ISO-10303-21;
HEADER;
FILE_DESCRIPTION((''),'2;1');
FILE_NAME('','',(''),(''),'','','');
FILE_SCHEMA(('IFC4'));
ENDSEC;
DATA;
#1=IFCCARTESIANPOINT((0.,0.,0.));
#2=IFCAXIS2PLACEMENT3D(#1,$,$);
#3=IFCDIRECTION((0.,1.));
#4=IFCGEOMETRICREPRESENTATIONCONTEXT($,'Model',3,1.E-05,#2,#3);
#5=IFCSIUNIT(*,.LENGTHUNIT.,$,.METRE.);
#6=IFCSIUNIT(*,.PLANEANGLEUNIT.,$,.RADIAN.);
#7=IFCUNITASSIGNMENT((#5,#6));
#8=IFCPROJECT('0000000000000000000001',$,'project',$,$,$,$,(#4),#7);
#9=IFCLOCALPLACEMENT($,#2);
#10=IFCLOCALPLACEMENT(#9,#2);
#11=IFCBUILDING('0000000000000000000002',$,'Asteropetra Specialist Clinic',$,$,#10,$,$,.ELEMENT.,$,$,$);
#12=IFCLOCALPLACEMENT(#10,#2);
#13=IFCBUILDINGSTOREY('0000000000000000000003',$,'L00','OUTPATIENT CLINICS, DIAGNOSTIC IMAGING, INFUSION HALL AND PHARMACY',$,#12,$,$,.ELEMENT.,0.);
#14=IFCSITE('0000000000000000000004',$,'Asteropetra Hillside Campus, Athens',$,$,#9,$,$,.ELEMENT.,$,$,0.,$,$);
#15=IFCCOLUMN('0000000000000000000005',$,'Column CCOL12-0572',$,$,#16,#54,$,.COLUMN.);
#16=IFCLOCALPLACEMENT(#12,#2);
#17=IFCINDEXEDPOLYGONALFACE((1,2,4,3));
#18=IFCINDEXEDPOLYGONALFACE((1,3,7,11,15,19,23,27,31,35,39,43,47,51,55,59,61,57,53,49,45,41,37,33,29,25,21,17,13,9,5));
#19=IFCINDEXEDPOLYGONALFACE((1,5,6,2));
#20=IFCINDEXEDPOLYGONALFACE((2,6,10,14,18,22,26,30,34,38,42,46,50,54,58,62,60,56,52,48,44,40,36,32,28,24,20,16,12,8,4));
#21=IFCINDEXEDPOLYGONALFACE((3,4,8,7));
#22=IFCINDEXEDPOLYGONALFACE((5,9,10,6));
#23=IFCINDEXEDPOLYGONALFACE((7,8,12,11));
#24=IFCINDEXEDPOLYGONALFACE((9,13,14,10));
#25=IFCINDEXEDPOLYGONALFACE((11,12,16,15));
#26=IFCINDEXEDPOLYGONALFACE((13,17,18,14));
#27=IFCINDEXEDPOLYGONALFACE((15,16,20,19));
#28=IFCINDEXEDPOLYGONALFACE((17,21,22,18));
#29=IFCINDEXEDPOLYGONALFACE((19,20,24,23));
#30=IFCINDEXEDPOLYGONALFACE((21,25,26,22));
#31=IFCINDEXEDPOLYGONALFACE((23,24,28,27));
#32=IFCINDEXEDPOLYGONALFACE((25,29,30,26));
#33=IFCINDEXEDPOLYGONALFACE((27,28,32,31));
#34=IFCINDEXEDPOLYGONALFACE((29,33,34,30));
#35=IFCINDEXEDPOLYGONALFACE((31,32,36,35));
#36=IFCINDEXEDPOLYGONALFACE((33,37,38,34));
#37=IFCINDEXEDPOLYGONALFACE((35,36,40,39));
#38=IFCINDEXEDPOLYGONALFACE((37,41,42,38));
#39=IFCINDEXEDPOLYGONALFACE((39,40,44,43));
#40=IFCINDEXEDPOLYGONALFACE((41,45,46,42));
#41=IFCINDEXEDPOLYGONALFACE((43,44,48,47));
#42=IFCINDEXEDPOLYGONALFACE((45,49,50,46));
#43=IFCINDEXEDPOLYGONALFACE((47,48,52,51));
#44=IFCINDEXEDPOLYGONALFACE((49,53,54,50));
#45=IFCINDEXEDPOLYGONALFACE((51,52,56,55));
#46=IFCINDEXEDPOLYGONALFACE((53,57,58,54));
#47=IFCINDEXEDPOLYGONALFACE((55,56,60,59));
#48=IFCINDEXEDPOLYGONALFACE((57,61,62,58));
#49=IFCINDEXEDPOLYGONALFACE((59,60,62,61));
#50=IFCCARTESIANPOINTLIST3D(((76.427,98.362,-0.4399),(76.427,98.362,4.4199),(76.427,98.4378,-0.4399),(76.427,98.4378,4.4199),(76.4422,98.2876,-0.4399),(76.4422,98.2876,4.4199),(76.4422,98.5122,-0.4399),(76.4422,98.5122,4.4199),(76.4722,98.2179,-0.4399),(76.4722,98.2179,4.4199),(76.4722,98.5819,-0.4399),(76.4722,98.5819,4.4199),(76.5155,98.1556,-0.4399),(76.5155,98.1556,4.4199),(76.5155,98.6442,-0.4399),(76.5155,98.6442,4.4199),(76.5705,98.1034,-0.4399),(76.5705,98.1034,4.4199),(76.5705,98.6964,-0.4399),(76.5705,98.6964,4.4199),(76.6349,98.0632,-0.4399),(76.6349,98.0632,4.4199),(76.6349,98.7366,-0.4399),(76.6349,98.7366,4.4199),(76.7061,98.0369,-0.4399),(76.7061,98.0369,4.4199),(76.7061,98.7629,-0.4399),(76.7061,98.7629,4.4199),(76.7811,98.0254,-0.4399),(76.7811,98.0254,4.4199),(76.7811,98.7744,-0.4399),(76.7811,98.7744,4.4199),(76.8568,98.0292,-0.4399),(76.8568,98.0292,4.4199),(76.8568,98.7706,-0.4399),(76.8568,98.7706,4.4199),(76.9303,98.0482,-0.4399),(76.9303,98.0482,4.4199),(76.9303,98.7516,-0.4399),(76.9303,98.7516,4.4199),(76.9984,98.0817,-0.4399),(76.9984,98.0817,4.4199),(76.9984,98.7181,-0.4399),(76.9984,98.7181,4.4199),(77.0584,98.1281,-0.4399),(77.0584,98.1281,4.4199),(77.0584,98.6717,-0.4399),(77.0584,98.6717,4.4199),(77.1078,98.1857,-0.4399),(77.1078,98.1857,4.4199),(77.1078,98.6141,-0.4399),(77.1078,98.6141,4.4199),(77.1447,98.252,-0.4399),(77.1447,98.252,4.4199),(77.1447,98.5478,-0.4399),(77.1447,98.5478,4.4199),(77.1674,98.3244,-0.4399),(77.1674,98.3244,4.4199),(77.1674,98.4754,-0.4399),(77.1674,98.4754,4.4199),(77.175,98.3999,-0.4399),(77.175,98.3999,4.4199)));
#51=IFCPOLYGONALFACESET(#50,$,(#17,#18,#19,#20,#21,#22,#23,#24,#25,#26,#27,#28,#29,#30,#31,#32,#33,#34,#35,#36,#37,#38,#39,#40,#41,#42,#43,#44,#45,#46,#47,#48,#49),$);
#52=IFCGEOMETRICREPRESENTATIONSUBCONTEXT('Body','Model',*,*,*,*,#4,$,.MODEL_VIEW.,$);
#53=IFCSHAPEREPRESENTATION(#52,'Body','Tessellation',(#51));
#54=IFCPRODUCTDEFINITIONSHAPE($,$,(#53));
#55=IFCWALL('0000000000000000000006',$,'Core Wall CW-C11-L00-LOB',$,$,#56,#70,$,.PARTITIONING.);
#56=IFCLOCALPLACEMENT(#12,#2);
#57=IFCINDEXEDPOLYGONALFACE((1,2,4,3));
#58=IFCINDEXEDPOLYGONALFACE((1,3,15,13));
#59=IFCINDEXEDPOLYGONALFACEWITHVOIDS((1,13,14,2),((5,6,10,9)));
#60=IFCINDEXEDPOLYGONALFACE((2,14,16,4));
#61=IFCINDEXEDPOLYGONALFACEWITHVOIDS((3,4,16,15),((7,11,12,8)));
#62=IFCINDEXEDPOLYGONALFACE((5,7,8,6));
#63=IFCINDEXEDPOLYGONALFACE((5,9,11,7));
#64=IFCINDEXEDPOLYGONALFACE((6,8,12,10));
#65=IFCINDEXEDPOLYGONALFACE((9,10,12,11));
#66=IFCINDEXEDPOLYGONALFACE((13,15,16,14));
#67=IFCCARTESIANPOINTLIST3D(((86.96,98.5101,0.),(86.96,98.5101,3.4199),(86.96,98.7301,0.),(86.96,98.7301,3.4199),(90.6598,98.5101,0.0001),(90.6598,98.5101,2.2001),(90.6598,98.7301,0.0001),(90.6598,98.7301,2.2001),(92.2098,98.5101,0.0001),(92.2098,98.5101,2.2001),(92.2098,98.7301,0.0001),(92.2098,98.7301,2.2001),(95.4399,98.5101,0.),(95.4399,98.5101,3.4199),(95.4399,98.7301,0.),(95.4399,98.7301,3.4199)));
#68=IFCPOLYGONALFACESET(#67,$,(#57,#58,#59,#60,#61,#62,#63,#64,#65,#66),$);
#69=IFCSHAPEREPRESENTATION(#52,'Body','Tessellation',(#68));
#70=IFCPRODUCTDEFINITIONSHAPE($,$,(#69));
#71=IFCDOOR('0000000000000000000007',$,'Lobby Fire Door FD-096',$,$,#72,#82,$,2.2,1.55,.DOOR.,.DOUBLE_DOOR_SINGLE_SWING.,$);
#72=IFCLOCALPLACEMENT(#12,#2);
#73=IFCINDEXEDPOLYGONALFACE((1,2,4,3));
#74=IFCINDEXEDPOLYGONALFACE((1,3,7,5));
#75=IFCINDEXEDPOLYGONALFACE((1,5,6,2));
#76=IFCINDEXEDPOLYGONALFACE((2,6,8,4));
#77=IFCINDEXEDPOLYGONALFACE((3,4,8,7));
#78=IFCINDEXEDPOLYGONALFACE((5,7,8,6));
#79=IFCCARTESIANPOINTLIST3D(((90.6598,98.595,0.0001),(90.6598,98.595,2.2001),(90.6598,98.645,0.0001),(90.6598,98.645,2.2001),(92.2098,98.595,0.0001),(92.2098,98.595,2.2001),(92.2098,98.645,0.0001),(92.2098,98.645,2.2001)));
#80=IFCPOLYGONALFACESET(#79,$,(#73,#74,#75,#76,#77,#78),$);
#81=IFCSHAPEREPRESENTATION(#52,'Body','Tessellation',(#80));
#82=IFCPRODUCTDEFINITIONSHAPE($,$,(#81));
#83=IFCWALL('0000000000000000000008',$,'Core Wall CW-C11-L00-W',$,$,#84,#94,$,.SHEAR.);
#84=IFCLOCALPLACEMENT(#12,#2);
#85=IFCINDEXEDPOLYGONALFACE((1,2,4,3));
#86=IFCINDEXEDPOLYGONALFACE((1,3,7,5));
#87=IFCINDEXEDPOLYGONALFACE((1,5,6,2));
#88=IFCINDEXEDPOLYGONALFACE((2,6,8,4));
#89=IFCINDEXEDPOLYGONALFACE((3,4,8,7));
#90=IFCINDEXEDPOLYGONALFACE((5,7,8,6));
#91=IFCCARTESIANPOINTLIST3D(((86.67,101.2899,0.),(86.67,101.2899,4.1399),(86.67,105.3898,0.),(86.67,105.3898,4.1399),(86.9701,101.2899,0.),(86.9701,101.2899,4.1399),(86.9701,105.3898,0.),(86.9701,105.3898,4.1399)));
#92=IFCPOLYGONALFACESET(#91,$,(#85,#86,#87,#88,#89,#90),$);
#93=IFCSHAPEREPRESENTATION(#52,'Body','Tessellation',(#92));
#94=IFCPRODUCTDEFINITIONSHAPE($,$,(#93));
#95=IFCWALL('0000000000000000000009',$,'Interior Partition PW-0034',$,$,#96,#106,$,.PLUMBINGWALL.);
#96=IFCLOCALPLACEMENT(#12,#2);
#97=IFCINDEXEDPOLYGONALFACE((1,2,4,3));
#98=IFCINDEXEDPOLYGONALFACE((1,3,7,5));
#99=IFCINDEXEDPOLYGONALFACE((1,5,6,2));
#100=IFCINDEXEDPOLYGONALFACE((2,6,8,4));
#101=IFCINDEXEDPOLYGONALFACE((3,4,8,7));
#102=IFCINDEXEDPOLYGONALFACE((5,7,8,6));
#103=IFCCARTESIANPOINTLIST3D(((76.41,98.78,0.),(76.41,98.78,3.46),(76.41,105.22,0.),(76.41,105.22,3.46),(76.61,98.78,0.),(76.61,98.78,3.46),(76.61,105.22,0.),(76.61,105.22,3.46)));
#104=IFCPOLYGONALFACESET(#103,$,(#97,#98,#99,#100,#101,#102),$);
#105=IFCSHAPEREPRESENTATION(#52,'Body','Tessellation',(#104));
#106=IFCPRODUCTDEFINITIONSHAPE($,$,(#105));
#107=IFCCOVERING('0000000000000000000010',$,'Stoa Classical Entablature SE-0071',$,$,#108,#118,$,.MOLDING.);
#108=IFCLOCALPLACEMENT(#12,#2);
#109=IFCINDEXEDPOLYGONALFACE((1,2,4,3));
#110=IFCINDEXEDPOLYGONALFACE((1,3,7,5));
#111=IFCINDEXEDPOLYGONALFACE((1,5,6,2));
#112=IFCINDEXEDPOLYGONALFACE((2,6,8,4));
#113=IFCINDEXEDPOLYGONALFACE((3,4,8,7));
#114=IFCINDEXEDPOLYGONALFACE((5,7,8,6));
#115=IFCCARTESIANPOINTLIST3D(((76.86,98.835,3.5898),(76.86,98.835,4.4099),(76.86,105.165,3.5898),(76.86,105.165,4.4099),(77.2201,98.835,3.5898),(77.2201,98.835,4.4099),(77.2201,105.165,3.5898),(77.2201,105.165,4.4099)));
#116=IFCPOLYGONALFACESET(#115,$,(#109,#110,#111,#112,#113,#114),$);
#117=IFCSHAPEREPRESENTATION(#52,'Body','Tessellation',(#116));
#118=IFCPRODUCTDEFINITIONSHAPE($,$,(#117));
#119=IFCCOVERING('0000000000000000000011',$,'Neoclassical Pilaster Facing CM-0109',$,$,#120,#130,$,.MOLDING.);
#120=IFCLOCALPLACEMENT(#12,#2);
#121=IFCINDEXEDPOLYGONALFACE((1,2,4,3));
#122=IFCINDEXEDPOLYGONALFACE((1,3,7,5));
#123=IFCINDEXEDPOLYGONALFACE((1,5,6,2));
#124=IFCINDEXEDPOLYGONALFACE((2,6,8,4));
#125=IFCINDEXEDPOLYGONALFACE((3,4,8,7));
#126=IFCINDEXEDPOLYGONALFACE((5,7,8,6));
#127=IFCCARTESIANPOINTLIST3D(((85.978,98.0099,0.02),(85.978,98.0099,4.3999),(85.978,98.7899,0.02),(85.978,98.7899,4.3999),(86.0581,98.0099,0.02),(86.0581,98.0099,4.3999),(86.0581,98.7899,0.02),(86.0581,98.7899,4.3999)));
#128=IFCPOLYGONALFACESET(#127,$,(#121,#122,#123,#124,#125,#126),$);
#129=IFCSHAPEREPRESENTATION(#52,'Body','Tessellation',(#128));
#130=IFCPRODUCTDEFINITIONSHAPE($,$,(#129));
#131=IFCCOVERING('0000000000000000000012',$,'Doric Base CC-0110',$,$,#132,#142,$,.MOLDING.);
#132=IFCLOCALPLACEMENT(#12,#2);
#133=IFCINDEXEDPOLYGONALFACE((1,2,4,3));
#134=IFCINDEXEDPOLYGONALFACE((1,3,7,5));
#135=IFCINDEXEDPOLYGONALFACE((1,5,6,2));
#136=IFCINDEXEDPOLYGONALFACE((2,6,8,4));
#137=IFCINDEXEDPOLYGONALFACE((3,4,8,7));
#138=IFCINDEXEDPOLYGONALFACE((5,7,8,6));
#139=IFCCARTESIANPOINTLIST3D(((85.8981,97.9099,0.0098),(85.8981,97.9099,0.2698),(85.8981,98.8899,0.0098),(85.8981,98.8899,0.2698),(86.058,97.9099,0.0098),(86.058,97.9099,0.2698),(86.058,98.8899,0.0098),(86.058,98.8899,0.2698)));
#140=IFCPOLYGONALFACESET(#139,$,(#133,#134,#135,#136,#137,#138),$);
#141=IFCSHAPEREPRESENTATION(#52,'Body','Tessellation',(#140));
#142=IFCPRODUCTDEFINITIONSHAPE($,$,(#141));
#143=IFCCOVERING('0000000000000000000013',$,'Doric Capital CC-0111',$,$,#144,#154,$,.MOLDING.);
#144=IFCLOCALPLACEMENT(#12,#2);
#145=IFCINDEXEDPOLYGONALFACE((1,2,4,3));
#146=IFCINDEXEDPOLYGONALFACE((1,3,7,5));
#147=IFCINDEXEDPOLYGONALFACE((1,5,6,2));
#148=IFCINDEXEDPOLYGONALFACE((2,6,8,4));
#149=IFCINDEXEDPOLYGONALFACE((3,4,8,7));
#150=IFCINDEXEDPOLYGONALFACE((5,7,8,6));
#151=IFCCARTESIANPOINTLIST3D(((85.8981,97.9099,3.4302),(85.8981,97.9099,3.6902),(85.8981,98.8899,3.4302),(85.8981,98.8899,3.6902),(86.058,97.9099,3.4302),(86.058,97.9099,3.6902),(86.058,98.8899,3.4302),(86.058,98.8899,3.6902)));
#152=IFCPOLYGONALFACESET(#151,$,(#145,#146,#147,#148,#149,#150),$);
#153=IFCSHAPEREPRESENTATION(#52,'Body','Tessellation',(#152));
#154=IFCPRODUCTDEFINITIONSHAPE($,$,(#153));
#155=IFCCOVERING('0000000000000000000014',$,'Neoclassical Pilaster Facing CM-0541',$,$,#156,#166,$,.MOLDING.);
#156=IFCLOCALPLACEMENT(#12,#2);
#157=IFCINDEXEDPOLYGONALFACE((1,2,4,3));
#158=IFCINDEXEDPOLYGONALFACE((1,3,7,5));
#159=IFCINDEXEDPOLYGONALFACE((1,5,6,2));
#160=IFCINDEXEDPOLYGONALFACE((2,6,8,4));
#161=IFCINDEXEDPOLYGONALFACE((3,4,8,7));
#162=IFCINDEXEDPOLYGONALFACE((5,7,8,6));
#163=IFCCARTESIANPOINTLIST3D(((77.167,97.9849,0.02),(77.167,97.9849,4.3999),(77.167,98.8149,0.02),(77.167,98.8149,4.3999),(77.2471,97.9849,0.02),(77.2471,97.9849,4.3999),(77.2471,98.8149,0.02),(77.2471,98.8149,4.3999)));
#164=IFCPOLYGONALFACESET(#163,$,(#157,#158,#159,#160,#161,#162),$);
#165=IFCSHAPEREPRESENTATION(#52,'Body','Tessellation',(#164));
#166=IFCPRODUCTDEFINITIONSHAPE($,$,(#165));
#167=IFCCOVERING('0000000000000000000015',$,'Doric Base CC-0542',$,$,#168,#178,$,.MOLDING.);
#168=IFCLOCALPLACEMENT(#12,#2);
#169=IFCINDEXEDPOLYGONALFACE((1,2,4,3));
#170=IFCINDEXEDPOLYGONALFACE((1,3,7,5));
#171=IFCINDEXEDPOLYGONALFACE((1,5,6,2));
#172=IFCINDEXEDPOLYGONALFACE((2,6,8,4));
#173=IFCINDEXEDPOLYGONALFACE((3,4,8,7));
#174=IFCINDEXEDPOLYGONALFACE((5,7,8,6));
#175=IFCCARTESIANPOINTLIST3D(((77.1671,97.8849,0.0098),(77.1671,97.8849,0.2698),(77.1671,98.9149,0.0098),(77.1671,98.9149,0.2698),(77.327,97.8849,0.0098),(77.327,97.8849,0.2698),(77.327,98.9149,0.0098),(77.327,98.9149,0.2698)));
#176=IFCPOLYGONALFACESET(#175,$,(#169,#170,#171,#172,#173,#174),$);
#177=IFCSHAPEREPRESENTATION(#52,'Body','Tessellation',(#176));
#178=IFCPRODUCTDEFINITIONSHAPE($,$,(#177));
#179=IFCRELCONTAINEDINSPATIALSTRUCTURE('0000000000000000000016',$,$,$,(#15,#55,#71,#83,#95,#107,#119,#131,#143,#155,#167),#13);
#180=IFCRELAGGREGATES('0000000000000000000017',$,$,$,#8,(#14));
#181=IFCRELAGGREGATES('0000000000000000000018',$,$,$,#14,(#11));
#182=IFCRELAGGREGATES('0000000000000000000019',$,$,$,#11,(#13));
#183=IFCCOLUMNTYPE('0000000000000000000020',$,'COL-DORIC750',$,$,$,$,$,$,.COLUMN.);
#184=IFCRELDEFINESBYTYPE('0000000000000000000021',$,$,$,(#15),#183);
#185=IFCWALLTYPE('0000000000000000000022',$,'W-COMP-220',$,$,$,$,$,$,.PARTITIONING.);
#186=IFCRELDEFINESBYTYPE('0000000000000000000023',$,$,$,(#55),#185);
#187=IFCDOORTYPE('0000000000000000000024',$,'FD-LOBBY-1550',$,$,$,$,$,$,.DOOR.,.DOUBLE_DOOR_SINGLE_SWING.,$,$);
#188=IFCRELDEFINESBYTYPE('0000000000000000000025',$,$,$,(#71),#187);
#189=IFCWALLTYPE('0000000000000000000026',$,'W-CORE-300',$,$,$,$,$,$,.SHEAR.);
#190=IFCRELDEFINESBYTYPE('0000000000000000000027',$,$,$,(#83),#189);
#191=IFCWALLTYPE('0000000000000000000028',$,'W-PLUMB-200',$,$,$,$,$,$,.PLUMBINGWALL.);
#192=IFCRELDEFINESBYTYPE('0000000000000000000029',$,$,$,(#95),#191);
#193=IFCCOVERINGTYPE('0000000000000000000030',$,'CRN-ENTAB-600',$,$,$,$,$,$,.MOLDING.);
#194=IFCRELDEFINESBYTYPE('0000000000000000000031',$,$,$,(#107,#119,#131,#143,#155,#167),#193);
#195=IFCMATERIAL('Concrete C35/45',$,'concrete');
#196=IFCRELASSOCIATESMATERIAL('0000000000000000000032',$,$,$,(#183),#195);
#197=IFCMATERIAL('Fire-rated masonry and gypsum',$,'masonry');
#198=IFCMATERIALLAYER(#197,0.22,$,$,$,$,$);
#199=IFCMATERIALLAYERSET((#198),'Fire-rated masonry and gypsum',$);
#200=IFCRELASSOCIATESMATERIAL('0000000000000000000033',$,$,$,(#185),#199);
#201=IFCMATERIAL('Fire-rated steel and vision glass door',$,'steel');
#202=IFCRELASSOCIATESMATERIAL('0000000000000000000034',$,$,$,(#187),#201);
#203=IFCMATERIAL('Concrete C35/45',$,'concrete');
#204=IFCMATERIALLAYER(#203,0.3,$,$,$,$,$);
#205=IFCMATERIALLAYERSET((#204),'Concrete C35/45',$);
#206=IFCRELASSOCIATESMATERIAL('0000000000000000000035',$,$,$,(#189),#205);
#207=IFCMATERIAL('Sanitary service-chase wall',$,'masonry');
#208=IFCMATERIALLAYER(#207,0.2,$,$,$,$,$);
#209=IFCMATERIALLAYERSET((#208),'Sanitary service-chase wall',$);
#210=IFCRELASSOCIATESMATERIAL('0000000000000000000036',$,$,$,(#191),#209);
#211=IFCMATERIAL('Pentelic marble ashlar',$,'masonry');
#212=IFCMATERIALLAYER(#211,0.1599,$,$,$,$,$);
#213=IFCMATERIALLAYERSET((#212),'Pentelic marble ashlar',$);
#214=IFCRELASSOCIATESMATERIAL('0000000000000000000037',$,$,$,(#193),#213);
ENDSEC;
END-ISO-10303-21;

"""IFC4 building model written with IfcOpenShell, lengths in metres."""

from ifc_helpers import new_model, si_unit, direction, frame, frame_2d, origin, origin_2d, place, context, subcontext, project, spatial, rectangle, circle, extrude, material, layer, layer_set, material_profile, profile_set, type_object, element, fill, save


model = new_model("IFC4")

# Units and contexts
model_context = context("Model", 3, precision=1e-05, world=origin(), true_north=direction((0.0, 1.0)))
body_context = subcontext(model_context, "Body", "Model", "MODEL_VIEW")
ifc_project = project(units=[si_unit("LENGTHUNIT", "METRE"), si_unit("PLANEANGLEUNIT", "RADIAN")], contexts=[model_context])

# Site, building, storey
site_placement = place(None, origin())
site = spatial("IfcSite", under=ifc_project, at=site_placement, Name="Asteropetra Hillside Campus, Athens", CompositionType="ELEMENT", RefElevation=0.0)
building_placement = place(site_placement, origin())
building = spatial("IfcBuilding", under=site, at=building_placement, Name="Asteropetra Specialist Clinic", CompositionType="ELEMENT")
storey_placement = place(building_placement, origin())
storey = spatial("IfcBuildingStorey", under=building, at=storey_placement, Name="L00", Description="OUTPATIENT CLINICS, DIAGNOSTIC IMAGING, INFUSION HALL AND PHARMACY", CompositionType="ELEMENT", Elevation=0.0)

# Column
ifc_material_1 = material(Name="Concrete C35/45", Category="concrete")
ifc_material_profile_1 = material_profile(ifc_material_1, circle(Radius=0.375, at=origin_2d()), Name="RCC D750")
ifc_profile_set_1 = profile_set([ifc_material_profile_1], Name="Concrete C35/45")
column_type_1 = type_object("IfcColumnType", Name="COL-DORIC750", PredefinedType="COLUMN", material=ifc_profile_set_1)
column_1_placement = place(storey_placement, frame((76.8, 98.3999, -0.4399), z_axis=(0.0, 0.0, 1.0), x_axis=(1.0, 0.0, 0.0)))
element("IfcColumn", 1, at=column_1_placement, inside=storey, type_object=column_type_1, Name="Column CCOL12-0572", PredefinedType="COLUMN", context=body_context, shape_type="SweptSolid", body=[
    extrude(circle(Radius=0.375, at=origin_2d()), origin(), (0.0, 0.0, 1.0), 4.8599),
])

# Wall, opening, door
ifc_material_2 = material(Name="Fire-rated masonry and gypsum", Category="masonry")
ifc_layer_1 = layer(ifc_material_2, 0.22)
ifc_layer_set_1 = layer_set([ifc_layer_1], Name="Fire-rated masonry and gypsum")
wall_type_1 = type_object("IfcWallType", Name="W-COMP-220", PredefinedType="PARTITIONING", material=ifc_layer_set_1)
wall_1_placement = place(storey_placement, frame((86.96, 98.6201, 0.0), z_axis=(0.0, 0.0, 1.0), x_axis=(1.0, 0.0, 0.0)))
wall_1 = element("IfcWall", 2, at=wall_1_placement, inside=storey, type_object=wall_type_1, Name="Core Wall CW-C11-L00-LOB", PredefinedType="PARTITIONING", context=body_context, shape_type="SweptSolid", body=[
    extrude(rectangle(XDim=8.48, YDim=0.22, at=frame_2d((4.24, 0.0))), origin(), (0.0, 0.0, 1.0), 3.4199),
])
opening_1_placement = place(wall_1_placement, frame((3.7, 0.0, 0.0)))
opening_1 = element("IfcOpeningElement", 3, at=opening_1_placement, cuts=wall_1, PredefinedType="OPENING", context=body_context, shape_type="SweptSolid", body=[
    extrude(rectangle(XDim=1.55, YDim=2.2, at=frame_2d((0.7749, 1.1001))), frame((0.0, 0.1199, 0.0), z_axis=(0.0, -1.0, 0.0), x_axis=(1.0, 0.0, 0.0)), (0.0, 0.0, 1.0), 0.24),
])
ifc_material_3 = material(Name="Fire-rated steel and vision glass door", Category="steel")
door_type_1 = type_object("IfcDoorType", Name="FD-LOBBY-1550", OperationType="DOUBLE_DOOR_SINGLE_SWING", PredefinedType="DOOR", material=ifc_material_3)
door_1_placement = place(opening_1_placement, origin())
door_1 = element("IfcDoor", 4, at=door_1_placement, inside=storey, type_object=door_type_1, Name="Lobby Fire Door FD-096", OperationType="DOUBLE_DOOR_SINGLE_SWING", OverallHeight=2.2, OverallWidth=1.55, PredefinedType="DOOR", context=body_context, shape_type="SweptSolid", body=[
    extrude(rectangle(XDim=1.55, YDim=2.2, at=frame_2d((0.7749, 1.1001))), frame((0.0, 0.0249, 0.0), z_axis=(0.0, -1.0, 0.0), x_axis=(1.0, 0.0, 0.0)), (0.0, 0.0, 1.0), 0.05),
])
fill(opening_1, door_1)

# Walls
ifc_material_4 = material(Name="Concrete C35/45", Category="concrete")
ifc_layer_2 = layer(ifc_material_4, 0.3)
ifc_layer_set_2 = layer_set([ifc_layer_2], Name="Concrete C35/45")
wall_type_2 = type_object("IfcWallType", Name="W-CORE-300", PredefinedType="SHEAR", material=ifc_layer_set_2)
wall_2_placement = place(storey_placement, frame((86.8201, 101.29, 0.0), z_axis=(0.0, 0.0, 1.0), x_axis=(0.0, 1.0, 0.0)))
element("IfcWall", 5, at=wall_2_placement, inside=storey, type_object=wall_type_2, Name="Core Wall CW-C11-L00-W", PredefinedType="SHEAR", context=body_context, shape_type="SweptSolid", body=[
    extrude(rectangle(XDim=4.0999, YDim=0.3, at=frame_2d((2.0498, 0.0))), origin(), (0.0, 0.0, 1.0), 4.1399),
])
ifc_material_5 = material(Name="Sanitary service-chase wall", Category="masonry")
ifc_layer_3 = layer(ifc_material_5, 0.2)
ifc_layer_set_3 = layer_set([ifc_layer_3], Name="Sanitary service-chase wall")
wall_type_3 = type_object("IfcWallType", Name="W-PLUMB-200", PredefinedType="PLUMBINGWALL", material=ifc_layer_set_3)
wall_3_placement = place(storey_placement, frame((76.51, 98.78, 0.0), z_axis=(0.0, 0.0, 1.0), x_axis=(0.0, 1.0, 0.0)))
element("IfcWall", 6, at=wall_3_placement, inside=storey, type_object=wall_type_3, Name="Interior Partition PW-0034", PredefinedType="PLUMBINGWALL", context=body_context, shape_type="SweptSolid", body=[
    extrude(rectangle(XDim=6.4399, YDim=0.2, at=frame_2d((3.22, 0.0))), origin(), (0.0, 0.0, 1.0), 3.46),
])

# Coverings
ifc_material_6 = material(Name="Pentelic marble ashlar", Category="masonry")
ifc_layer_4 = layer(ifc_material_6, 0.1599)
ifc_layer_set_4 = layer_set([ifc_layer_4], Name="Pentelic marble ashlar")
covering_type = type_object("IfcCoveringType", Name="CRN-ENTAB-600", PredefinedType="MOLDING", material=ifc_layer_set_4)
covering_1_placement = place(storey_placement, frame((77.04, 102.0, 3.5898), z_axis=(0.0, 0.0, 1.0), x_axis=(1.0, 0.0, 0.0)))
element("IfcCovering", 7, at=covering_1_placement, inside=storey, type_object=covering_type, Name="Stoa Classical Entablature SE-0071", PredefinedType="MOLDING", context=body_context, shape_type="SweptSolid", body=[
    extrude(rectangle(XDim=0.3601, YDim=6.3301, at=origin_2d()), origin(), (0.0, 0.0, 1.0), 0.8201),
])
covering_2_placement = place(storey_placement, frame((86.0181, 98.3999, 0.02), z_axis=(0.0, 0.0, 1.0), x_axis=(1.0, 0.0, 0.0)))
element("IfcCovering", 8, at=covering_2_placement, inside=storey, type_object=covering_type, Name="Neoclassical Pilaster Facing CM-0109", PredefinedType="MOLDING", context=body_context, shape_type="SweptSolid", body=[
    extrude(rectangle(XDim=0.0801, YDim=0.78, at=origin_2d()), origin(), (0.0, 0.0, 1.0), 4.3799),
])
for number, where, z_axis, x_axis, name in (
    (9, (85.978, 98.3999, 0.0098), (0.0, 0.0, 1.0), (1.0, 0.0, 0.0), "Doric Base CC-0110"),
    (10, (85.978, 98.3999, 3.4302), (0.0, 0.0, 1.0), (1.0, 0.0, 0.0), "Doric Capital CC-0111"),
):
    element("IfcCovering", number, at=place(storey_placement, frame(where, z_axis=z_axis, x_axis=x_axis)), inside=storey, type_object=covering_type, Name=name, PredefinedType="MOLDING", context=body_context, shape_type="SweptSolid", body=[
        extrude(rectangle(XDim=0.1599, YDim=0.98, at=origin_2d()), origin(), (0.0, 0.0, 1.0), 0.26),
    ])
covering_3_placement = place(storey_placement, frame((77.207, 98.3999, 0.02), z_axis=(0.0, 0.0, 1.0), x_axis=(1.0, 0.0, 0.0)))
element("IfcCovering", 11, at=covering_3_placement, inside=storey, type_object=covering_type, Name="Neoclassical Pilaster Facing CM-0541", PredefinedType="MOLDING", context=body_context, shape_type="SweptSolid", body=[
    extrude(rectangle(XDim=0.0801, YDim=0.8301, at=origin_2d()), origin(), (0.0, 0.0, 1.0), 4.3799),
])
for number, where, z_axis, x_axis, name in (
    (12, (77.2471, 98.3999, 0.0098), (0.0, 0.0, 1.0), (1.0, 0.0, 0.0), "Doric Base CC-0542"),
):
    element("IfcCovering", number, at=place(storey_placement, frame(where, z_axis=z_axis, x_axis=x_axis)), inside=storey, type_object=covering_type, Name=name, PredefinedType="MOLDING", context=body_context, shape_type="SweptSolid", body=[
        extrude(rectangle(XDim=0.1599, YDim=1.03, at=origin_2d()), origin(), (0.0, 0.0, 1.0), 0.26),
    ])

save(model, "model.ifc")
